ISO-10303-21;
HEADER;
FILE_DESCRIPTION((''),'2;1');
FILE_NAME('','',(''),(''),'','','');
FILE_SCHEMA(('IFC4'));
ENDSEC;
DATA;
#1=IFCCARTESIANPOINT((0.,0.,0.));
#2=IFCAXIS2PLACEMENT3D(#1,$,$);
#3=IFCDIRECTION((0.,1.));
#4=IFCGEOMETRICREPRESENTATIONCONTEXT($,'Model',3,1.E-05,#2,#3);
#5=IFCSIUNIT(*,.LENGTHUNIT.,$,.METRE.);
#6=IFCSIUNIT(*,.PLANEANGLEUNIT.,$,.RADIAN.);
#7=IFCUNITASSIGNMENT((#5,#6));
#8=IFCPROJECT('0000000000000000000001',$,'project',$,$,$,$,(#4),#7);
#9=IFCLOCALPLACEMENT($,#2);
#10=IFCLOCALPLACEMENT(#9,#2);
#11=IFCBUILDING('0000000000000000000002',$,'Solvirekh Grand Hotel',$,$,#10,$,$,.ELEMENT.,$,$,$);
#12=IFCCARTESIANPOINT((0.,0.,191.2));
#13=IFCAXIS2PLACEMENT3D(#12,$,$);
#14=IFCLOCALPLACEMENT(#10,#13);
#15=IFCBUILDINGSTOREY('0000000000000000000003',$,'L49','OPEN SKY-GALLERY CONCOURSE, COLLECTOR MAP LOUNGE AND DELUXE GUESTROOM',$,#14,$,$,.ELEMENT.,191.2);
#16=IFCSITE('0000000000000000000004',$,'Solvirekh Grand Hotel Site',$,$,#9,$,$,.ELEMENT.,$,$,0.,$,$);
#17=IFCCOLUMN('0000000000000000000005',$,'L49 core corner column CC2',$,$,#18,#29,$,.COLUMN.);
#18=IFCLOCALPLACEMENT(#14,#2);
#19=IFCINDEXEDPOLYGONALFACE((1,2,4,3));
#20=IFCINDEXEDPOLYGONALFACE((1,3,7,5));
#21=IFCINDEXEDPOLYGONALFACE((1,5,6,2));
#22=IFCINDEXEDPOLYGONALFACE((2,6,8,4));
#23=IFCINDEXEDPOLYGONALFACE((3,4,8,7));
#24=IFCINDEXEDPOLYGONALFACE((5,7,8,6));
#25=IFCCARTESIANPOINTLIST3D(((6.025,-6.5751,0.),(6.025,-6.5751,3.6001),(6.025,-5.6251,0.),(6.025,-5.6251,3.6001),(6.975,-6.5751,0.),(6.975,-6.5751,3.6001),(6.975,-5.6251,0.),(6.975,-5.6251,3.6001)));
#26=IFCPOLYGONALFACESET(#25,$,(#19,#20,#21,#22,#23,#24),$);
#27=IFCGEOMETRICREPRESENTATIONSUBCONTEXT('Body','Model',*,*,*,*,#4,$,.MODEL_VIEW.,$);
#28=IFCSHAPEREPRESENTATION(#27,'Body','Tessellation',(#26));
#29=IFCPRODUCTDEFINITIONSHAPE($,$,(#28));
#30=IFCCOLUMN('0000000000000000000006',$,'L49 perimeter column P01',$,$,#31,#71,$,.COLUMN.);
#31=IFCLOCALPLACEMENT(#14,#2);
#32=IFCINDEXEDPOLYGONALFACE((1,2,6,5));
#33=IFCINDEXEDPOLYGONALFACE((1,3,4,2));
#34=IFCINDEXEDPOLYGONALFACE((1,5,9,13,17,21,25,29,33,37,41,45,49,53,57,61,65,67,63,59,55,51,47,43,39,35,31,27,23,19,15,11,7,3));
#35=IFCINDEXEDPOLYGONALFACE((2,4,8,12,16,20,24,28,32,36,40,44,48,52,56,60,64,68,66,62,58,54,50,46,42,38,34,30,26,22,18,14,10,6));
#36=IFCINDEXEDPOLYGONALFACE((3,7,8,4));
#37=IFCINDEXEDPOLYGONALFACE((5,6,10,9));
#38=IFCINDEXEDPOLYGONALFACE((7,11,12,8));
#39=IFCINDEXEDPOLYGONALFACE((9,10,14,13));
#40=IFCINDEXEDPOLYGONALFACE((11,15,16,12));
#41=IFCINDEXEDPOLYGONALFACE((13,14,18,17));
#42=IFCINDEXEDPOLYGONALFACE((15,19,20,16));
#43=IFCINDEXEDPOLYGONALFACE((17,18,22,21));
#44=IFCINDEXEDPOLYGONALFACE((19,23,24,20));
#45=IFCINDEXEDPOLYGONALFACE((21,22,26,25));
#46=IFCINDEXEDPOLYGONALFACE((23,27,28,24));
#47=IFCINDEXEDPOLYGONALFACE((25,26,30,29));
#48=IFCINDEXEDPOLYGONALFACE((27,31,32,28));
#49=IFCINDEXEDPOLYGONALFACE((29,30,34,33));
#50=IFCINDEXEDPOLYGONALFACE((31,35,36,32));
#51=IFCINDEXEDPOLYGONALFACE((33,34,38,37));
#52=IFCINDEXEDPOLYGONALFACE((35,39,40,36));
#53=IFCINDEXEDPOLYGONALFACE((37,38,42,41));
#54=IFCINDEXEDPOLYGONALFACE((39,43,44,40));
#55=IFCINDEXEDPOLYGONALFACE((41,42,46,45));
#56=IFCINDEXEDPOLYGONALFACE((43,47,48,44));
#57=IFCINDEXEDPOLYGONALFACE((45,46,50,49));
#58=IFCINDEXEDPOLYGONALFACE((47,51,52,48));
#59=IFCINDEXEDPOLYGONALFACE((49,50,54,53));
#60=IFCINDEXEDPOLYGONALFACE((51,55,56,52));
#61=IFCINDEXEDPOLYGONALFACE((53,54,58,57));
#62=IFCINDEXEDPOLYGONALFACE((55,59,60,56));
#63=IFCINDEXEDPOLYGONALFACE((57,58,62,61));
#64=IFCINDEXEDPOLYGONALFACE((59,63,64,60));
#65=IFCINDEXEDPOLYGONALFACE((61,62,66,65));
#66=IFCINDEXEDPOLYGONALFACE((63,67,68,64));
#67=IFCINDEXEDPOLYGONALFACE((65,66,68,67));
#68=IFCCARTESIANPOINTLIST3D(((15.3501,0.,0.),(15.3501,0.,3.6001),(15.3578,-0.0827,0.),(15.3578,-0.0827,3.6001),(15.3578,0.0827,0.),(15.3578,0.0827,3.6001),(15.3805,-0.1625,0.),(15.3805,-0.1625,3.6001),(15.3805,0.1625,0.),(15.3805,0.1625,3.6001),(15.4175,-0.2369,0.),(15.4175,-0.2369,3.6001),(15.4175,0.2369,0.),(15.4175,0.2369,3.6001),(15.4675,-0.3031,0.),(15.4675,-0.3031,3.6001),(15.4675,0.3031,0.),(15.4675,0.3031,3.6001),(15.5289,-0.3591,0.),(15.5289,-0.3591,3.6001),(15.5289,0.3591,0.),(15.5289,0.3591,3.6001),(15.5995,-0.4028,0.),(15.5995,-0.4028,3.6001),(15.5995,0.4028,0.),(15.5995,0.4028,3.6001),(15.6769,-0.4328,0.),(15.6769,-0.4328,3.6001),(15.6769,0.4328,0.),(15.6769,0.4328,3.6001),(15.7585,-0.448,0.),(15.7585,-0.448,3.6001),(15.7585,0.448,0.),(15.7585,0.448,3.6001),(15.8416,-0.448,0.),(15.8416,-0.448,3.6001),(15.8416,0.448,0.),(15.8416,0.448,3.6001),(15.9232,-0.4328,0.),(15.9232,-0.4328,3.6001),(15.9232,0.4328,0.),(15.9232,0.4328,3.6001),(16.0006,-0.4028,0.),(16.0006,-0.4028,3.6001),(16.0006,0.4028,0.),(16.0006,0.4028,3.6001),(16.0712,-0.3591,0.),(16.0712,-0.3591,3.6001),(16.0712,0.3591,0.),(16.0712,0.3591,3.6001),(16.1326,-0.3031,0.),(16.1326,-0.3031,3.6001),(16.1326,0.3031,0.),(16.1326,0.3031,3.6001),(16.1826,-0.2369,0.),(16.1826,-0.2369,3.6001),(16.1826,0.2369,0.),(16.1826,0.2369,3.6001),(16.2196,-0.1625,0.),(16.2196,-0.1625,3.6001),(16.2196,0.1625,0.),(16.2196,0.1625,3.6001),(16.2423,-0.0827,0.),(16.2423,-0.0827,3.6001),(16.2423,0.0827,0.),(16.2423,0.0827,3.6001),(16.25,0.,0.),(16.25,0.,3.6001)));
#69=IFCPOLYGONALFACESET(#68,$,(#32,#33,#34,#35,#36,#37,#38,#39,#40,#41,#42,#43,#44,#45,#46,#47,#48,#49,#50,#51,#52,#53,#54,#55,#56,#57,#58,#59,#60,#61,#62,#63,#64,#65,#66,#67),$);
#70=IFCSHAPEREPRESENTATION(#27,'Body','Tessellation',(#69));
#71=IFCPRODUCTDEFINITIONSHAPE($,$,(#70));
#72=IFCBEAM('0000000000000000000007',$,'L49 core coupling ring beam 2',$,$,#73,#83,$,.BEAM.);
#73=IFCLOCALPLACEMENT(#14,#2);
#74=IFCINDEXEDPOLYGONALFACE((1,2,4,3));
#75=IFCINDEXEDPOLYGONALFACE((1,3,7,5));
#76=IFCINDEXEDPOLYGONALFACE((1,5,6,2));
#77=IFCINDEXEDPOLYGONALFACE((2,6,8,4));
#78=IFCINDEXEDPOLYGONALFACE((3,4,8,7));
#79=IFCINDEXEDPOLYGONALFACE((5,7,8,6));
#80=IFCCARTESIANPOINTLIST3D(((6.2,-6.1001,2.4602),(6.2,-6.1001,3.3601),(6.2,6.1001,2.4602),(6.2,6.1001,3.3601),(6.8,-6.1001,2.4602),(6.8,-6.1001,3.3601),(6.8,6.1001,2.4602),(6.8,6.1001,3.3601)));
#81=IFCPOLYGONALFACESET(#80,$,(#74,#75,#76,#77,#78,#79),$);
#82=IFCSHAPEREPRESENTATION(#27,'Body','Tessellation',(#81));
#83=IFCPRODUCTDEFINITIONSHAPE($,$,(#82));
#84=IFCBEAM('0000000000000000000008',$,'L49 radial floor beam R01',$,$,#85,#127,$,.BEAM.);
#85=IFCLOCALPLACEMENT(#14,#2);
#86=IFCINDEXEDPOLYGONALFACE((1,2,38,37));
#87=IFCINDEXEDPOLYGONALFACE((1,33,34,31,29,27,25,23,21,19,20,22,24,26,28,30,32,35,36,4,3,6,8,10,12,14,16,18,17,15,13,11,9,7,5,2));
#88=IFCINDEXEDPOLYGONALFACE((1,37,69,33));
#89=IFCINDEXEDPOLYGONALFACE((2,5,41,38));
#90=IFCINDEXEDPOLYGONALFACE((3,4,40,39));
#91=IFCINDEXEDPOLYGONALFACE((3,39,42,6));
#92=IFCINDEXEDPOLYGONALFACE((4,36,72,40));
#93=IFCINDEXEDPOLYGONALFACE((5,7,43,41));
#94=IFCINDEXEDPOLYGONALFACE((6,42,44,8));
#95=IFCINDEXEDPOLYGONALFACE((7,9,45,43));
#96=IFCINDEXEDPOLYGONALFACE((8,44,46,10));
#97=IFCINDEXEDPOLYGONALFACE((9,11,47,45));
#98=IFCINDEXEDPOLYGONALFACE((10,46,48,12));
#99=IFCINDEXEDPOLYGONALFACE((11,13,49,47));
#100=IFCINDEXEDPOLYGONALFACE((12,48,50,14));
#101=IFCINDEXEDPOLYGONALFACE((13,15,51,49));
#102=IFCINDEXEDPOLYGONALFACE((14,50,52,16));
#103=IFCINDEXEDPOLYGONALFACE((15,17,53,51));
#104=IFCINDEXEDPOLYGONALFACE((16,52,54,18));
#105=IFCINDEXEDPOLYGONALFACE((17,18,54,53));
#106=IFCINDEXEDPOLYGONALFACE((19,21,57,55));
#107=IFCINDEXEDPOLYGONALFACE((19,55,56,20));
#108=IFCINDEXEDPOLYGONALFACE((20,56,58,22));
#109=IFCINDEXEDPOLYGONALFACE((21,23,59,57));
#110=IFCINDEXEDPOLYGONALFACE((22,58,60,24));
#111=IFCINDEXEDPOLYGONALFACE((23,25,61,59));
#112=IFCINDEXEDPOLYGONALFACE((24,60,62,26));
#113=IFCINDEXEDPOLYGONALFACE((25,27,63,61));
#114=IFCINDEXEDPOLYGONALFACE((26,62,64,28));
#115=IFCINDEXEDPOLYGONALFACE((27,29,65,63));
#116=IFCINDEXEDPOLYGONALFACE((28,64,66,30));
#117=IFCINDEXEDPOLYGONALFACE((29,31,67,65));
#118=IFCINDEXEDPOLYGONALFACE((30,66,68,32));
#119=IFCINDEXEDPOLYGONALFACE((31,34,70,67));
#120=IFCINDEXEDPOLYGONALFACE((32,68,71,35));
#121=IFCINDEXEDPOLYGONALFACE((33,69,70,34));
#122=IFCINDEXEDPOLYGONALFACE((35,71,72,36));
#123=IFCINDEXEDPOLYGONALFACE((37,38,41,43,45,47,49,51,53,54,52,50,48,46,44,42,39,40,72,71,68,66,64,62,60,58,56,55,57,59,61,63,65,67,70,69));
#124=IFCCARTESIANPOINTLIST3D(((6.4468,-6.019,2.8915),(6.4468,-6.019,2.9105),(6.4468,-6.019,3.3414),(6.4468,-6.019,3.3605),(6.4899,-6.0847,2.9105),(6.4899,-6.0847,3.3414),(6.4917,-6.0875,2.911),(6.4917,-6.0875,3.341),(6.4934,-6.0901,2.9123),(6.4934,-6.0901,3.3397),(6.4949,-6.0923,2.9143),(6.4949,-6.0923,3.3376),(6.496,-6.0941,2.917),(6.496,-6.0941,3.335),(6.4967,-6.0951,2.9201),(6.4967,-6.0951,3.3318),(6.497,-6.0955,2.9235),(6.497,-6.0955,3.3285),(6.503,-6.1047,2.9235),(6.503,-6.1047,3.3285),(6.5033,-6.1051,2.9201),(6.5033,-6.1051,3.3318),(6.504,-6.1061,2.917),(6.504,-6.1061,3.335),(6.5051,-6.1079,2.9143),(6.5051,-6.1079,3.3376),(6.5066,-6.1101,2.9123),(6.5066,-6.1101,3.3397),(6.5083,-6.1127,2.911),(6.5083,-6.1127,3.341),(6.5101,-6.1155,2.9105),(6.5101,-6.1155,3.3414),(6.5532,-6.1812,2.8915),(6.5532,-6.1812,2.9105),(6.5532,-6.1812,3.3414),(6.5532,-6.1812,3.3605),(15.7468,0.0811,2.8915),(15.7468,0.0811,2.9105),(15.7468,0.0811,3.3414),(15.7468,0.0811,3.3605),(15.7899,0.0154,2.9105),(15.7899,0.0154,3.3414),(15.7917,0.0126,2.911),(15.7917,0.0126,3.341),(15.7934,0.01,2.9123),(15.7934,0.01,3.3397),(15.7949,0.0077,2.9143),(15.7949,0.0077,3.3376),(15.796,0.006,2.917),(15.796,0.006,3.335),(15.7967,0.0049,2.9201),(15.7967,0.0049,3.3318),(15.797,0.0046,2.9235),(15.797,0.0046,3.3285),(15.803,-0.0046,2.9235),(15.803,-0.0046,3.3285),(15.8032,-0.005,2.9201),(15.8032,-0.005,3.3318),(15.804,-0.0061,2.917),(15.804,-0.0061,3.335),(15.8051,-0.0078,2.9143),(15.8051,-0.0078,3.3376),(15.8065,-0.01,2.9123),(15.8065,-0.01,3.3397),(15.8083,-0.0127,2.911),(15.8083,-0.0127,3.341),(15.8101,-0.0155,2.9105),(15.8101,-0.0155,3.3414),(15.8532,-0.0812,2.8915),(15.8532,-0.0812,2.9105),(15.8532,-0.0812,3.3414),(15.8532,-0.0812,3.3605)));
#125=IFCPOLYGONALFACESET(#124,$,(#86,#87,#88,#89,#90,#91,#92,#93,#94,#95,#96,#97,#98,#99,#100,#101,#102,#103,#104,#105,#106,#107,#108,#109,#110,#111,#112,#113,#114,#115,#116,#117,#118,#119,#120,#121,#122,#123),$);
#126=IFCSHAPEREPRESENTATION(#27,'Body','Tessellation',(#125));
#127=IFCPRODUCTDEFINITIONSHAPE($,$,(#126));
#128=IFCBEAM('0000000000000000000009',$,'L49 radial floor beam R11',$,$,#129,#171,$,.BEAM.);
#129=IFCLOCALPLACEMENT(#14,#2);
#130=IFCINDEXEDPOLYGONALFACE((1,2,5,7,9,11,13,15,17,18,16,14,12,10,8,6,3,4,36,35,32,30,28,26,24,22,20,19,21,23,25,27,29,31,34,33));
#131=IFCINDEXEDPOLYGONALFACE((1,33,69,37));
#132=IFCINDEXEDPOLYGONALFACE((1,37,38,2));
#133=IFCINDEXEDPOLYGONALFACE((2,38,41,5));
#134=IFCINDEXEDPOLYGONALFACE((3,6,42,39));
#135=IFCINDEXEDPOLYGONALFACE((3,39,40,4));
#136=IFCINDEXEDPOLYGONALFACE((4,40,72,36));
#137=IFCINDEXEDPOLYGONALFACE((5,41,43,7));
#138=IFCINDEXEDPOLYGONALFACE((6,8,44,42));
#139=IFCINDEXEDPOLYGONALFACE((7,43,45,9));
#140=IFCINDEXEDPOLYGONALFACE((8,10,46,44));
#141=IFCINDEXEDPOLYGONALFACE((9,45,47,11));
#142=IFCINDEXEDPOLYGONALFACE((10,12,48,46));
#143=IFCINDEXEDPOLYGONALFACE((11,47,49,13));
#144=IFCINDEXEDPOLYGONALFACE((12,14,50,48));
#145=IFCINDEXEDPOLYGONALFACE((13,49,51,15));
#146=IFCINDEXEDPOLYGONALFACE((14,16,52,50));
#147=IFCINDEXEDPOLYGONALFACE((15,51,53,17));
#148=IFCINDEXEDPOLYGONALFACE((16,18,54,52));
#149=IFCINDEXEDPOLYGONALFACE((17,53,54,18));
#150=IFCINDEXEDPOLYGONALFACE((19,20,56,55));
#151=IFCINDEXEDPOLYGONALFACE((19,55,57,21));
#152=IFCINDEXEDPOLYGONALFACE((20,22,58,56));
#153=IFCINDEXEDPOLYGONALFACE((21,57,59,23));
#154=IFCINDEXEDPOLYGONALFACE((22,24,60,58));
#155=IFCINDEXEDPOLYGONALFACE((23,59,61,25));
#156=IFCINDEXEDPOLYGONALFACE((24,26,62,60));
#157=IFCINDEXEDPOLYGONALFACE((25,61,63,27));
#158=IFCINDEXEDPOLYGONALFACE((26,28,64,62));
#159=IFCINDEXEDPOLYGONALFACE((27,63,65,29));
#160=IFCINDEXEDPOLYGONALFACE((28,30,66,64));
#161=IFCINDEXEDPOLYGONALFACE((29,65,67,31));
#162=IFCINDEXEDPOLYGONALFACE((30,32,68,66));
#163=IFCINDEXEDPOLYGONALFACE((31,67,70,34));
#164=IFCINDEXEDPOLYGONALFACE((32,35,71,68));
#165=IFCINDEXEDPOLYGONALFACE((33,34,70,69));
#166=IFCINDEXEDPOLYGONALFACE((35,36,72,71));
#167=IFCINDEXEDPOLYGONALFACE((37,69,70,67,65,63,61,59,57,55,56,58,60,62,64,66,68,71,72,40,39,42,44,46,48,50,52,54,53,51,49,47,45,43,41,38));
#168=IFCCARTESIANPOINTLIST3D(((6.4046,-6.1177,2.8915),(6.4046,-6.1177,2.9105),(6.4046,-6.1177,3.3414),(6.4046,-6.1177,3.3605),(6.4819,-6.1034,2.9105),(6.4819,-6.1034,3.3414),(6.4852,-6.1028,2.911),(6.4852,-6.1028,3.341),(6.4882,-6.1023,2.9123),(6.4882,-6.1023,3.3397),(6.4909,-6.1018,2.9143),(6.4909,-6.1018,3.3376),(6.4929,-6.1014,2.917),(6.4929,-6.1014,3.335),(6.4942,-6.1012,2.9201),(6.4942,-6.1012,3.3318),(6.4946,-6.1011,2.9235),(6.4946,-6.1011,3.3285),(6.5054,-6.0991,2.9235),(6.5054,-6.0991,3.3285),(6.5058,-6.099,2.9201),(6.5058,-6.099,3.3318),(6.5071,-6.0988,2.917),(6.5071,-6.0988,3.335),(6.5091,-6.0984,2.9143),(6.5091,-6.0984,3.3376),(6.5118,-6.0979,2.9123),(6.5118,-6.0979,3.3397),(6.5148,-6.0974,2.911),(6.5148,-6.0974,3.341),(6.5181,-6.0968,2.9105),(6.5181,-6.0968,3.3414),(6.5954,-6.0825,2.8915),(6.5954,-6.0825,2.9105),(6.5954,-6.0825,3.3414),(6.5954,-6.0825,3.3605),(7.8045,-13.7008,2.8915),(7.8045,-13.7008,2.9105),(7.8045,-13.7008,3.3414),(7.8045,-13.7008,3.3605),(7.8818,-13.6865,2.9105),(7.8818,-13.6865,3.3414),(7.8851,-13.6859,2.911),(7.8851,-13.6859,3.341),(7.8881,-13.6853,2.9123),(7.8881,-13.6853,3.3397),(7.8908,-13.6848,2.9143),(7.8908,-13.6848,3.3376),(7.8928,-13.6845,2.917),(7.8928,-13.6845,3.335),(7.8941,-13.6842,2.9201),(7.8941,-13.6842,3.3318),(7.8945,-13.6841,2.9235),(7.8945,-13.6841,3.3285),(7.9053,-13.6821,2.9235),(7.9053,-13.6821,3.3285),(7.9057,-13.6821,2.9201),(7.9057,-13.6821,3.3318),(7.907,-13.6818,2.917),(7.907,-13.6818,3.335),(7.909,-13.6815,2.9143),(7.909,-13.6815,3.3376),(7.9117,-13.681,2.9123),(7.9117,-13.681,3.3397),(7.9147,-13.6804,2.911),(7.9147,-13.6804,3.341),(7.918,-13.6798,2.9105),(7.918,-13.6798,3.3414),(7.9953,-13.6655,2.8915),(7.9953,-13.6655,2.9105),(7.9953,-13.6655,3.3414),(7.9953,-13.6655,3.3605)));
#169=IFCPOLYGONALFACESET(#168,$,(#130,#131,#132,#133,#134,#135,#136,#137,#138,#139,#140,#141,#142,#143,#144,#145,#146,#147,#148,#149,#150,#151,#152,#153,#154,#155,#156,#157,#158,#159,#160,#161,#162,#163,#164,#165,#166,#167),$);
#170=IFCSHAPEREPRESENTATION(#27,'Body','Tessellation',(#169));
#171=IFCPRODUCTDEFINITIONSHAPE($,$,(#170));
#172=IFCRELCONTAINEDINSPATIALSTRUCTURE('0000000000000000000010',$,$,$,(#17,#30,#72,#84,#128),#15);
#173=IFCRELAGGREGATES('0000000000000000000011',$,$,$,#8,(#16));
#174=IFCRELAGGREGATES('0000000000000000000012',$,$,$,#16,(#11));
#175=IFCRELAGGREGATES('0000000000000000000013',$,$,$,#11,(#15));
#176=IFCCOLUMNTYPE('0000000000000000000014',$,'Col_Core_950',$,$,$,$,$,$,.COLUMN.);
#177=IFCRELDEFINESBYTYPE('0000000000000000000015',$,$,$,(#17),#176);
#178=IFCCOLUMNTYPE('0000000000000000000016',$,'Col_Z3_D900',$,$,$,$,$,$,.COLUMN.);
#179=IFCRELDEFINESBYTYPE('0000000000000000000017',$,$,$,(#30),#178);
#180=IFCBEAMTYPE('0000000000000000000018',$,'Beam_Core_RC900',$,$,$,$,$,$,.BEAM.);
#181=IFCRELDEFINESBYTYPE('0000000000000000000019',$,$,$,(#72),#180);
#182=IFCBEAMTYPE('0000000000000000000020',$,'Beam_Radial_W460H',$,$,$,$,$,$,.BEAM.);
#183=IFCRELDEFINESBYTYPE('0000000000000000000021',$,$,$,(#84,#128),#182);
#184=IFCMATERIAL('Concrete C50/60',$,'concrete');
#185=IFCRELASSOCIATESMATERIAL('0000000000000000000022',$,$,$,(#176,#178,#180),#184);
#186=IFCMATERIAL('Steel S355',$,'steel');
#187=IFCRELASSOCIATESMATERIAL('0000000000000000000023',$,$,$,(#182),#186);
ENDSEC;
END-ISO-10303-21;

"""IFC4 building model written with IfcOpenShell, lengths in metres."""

from ifc_helpers import new_model, si_unit, direction, frame, origin, origin_2d, place, context, subcontext, project, spatial, rectangle, circle, i_section, extrude, material, material_profile, profile_set, type_object, element, save


model = new_model("IFC4")

# Units and contexts
model_context = context("Model", 3, precision=1e-05, world=origin(), true_north=direction((0.0, 1.0)))
body_context = subcontext(model_context, "Body", "Model", "MODEL_VIEW")
ifc_project = project(units=[si_unit("LENGTHUNIT", "METRE"), si_unit("PLANEANGLEUNIT", "RADIAN")], contexts=[model_context])

# Site, building, storey
site_placement = place(None, origin())
site = spatial("IfcSite", under=ifc_project, at=site_placement, Name="Solvirekh Grand Hotel Site", CompositionType="ELEMENT", RefElevation=0.0)
building_placement = place(site_placement, origin())
building = spatial("IfcBuilding", under=site, at=building_placement, Name="Solvirekh Grand Hotel", CompositionType="ELEMENT")
storey_placement = place(building_placement, frame((0.0, 0.0, 191.2)))
storey = spatial("IfcBuildingStorey", under=building, at=storey_placement, Name="L49", Description="OPEN SKY-GALLERY CONCOURSE, COLLECTOR MAP LOUNGE AND DELUXE GUESTROOM", CompositionType="ELEMENT", Elevation=191.2)

# Columns
ifc_material_1 = material(Name="Concrete C50/60", Category="concrete")
ifc_material_profile_1 = material_profile(ifc_material_1, rectangle(XDim=0.95, YDim=0.95, at=origin_2d()), Name="RC 950X950")
ifc_profile_set_1 = profile_set([ifc_material_profile_1], Name="Concrete C50/60")
column_type_1 = type_object("IfcColumnType", Name="Col_Core_950", PredefinedType="COLUMN", material=ifc_profile_set_1)
column_1_placement = place(storey_placement, frame((6.5, -6.1001, 0.0), z_axis=(0.0, 0.0, 1.0), x_axis=(1.0, 0.0, 0.0)))
element("IfcColumn", 1, at=column_1_placement, inside=storey, type_object=column_type_1, Name="L49 core corner column CC2", PredefinedType="COLUMN", context=body_context, shape_type="SweptSolid", body=[
    extrude(rectangle(XDim=0.95, YDim=0.95, at=origin_2d()), origin(), (0.0, 0.0, 1.0), 3.6001),
])
ifc_material_profile_2 = material_profile(ifc_material_1, circle(Radius=0.45, at=origin_2d()), Name="RC CIRC D900")
ifc_profile_set_2 = profile_set([ifc_material_profile_2], Name="Concrete C50/60")
column_type_2 = type_object("IfcColumnType", Name="Col_Z3_D900", PredefinedType="COLUMN", material=ifc_profile_set_2)
column_2_placement = place(storey_placement, frame((15.8, 0.0, 0.0), z_axis=(0.0, 0.0, 1.0), x_axis=(1.0, 0.0, 0.0)))
element("IfcColumn", 2, at=column_2_placement, inside=storey, type_object=column_type_2, Name="L49 perimeter column P01", PredefinedType="COLUMN", context=body_context, shape_type="SweptSolid", body=[
    extrude(circle(Radius=0.45, at=origin_2d()), origin(), (0.0, 0.0, 1.0), 3.6001),
])

# Beams
ifc_material_profile_3 = material_profile(ifc_material_1, rectangle(XDim=0.6001, YDim=0.8999, at=origin_2d()), Name="RC BEAM 600X900")
ifc_profile_set_3 = profile_set([ifc_material_profile_3], Name="Concrete C50/60")
beam_type_1 = type_object("IfcBeamType", Name="Beam_Core_RC900", PredefinedType="BEAM", material=ifc_profile_set_3)
beam_1_placement = place(storey_placement, frame((6.5, -6.1001, 2.9102), z_axis=(0.0, 1.0, 0.0), x_axis=(-1.0, 0.0, 0.0)))
element("IfcBeam", 3, at=beam_1_placement, inside=storey, type_object=beam_type_1, Name="L49 core coupling ring beam 2", PredefinedType="BEAM", context=body_context, shape_type="SweptSolid", body=[
    extrude(rectangle(XDim=0.6001, YDim=0.8999, at=origin_2d()), origin(), (0.0, 0.0, 1.0), 12.2002),
])
ifc_material_2 = material(Name="Steel S355", Category="steel")
ifc_material_profile_4 = material_profile(ifc_material_2, i_section(OverallWidth=0.1941, OverallDepth=0.469, WebThickness=0.011, FlangeThickness=0.019, FilletRadius=0.0129, at=origin_2d()), Name="W460X106")
ifc_profile_set_4 = profile_set([ifc_material_profile_4], Name="Steel S355")
beam_type_2 = type_object("IfcBeamType", Name="Beam_Radial_W460H", PredefinedType="BEAM", material=ifc_profile_set_4)
beam_2_placement = place(storey_placement, frame((6.5, -6.1001, 3.126), z_axis=(0.836174, 0.548464, 0.0), x_axis=(-0.548464, 0.836174, 0.0)))
element("IfcBeam", 4, at=beam_2_placement, inside=storey, type_object=beam_type_2, Name="L49 radial floor beam R01", PredefinedType="BEAM", context=body_context, shape_type="SweptSolid", body=[
    extrude(i_section(OverallWidth=0.1941, OverallDepth=0.469, WebThickness=0.011, FlangeThickness=0.019, FilletRadius=0.0129, at=origin_2d()), origin(), (0.0, 0.0, 1.0), 11.1221),
])
beam_3_placement = place(storey_placement, frame((6.5, -6.1001, 3.126), z_axis=(0.181543, -0.983383, 0.0), x_axis=(0.983383, 0.181543, 0.0)))
element("IfcBeam", 5, at=beam_3_placement, inside=storey, type_object=beam_type_2, Name="L49 radial floor beam R11", PredefinedType="BEAM", context=body_context, shape_type="SweptSolid", body=[
    extrude(i_section(OverallWidth=0.1941, OverallDepth=0.469, WebThickness=0.011, FlangeThickness=0.019, FilletRadius=0.0129, at=origin_2d()), origin(), (0.0, 0.0, 1.0), 7.7112),
])

save(model, "model.ifc")
